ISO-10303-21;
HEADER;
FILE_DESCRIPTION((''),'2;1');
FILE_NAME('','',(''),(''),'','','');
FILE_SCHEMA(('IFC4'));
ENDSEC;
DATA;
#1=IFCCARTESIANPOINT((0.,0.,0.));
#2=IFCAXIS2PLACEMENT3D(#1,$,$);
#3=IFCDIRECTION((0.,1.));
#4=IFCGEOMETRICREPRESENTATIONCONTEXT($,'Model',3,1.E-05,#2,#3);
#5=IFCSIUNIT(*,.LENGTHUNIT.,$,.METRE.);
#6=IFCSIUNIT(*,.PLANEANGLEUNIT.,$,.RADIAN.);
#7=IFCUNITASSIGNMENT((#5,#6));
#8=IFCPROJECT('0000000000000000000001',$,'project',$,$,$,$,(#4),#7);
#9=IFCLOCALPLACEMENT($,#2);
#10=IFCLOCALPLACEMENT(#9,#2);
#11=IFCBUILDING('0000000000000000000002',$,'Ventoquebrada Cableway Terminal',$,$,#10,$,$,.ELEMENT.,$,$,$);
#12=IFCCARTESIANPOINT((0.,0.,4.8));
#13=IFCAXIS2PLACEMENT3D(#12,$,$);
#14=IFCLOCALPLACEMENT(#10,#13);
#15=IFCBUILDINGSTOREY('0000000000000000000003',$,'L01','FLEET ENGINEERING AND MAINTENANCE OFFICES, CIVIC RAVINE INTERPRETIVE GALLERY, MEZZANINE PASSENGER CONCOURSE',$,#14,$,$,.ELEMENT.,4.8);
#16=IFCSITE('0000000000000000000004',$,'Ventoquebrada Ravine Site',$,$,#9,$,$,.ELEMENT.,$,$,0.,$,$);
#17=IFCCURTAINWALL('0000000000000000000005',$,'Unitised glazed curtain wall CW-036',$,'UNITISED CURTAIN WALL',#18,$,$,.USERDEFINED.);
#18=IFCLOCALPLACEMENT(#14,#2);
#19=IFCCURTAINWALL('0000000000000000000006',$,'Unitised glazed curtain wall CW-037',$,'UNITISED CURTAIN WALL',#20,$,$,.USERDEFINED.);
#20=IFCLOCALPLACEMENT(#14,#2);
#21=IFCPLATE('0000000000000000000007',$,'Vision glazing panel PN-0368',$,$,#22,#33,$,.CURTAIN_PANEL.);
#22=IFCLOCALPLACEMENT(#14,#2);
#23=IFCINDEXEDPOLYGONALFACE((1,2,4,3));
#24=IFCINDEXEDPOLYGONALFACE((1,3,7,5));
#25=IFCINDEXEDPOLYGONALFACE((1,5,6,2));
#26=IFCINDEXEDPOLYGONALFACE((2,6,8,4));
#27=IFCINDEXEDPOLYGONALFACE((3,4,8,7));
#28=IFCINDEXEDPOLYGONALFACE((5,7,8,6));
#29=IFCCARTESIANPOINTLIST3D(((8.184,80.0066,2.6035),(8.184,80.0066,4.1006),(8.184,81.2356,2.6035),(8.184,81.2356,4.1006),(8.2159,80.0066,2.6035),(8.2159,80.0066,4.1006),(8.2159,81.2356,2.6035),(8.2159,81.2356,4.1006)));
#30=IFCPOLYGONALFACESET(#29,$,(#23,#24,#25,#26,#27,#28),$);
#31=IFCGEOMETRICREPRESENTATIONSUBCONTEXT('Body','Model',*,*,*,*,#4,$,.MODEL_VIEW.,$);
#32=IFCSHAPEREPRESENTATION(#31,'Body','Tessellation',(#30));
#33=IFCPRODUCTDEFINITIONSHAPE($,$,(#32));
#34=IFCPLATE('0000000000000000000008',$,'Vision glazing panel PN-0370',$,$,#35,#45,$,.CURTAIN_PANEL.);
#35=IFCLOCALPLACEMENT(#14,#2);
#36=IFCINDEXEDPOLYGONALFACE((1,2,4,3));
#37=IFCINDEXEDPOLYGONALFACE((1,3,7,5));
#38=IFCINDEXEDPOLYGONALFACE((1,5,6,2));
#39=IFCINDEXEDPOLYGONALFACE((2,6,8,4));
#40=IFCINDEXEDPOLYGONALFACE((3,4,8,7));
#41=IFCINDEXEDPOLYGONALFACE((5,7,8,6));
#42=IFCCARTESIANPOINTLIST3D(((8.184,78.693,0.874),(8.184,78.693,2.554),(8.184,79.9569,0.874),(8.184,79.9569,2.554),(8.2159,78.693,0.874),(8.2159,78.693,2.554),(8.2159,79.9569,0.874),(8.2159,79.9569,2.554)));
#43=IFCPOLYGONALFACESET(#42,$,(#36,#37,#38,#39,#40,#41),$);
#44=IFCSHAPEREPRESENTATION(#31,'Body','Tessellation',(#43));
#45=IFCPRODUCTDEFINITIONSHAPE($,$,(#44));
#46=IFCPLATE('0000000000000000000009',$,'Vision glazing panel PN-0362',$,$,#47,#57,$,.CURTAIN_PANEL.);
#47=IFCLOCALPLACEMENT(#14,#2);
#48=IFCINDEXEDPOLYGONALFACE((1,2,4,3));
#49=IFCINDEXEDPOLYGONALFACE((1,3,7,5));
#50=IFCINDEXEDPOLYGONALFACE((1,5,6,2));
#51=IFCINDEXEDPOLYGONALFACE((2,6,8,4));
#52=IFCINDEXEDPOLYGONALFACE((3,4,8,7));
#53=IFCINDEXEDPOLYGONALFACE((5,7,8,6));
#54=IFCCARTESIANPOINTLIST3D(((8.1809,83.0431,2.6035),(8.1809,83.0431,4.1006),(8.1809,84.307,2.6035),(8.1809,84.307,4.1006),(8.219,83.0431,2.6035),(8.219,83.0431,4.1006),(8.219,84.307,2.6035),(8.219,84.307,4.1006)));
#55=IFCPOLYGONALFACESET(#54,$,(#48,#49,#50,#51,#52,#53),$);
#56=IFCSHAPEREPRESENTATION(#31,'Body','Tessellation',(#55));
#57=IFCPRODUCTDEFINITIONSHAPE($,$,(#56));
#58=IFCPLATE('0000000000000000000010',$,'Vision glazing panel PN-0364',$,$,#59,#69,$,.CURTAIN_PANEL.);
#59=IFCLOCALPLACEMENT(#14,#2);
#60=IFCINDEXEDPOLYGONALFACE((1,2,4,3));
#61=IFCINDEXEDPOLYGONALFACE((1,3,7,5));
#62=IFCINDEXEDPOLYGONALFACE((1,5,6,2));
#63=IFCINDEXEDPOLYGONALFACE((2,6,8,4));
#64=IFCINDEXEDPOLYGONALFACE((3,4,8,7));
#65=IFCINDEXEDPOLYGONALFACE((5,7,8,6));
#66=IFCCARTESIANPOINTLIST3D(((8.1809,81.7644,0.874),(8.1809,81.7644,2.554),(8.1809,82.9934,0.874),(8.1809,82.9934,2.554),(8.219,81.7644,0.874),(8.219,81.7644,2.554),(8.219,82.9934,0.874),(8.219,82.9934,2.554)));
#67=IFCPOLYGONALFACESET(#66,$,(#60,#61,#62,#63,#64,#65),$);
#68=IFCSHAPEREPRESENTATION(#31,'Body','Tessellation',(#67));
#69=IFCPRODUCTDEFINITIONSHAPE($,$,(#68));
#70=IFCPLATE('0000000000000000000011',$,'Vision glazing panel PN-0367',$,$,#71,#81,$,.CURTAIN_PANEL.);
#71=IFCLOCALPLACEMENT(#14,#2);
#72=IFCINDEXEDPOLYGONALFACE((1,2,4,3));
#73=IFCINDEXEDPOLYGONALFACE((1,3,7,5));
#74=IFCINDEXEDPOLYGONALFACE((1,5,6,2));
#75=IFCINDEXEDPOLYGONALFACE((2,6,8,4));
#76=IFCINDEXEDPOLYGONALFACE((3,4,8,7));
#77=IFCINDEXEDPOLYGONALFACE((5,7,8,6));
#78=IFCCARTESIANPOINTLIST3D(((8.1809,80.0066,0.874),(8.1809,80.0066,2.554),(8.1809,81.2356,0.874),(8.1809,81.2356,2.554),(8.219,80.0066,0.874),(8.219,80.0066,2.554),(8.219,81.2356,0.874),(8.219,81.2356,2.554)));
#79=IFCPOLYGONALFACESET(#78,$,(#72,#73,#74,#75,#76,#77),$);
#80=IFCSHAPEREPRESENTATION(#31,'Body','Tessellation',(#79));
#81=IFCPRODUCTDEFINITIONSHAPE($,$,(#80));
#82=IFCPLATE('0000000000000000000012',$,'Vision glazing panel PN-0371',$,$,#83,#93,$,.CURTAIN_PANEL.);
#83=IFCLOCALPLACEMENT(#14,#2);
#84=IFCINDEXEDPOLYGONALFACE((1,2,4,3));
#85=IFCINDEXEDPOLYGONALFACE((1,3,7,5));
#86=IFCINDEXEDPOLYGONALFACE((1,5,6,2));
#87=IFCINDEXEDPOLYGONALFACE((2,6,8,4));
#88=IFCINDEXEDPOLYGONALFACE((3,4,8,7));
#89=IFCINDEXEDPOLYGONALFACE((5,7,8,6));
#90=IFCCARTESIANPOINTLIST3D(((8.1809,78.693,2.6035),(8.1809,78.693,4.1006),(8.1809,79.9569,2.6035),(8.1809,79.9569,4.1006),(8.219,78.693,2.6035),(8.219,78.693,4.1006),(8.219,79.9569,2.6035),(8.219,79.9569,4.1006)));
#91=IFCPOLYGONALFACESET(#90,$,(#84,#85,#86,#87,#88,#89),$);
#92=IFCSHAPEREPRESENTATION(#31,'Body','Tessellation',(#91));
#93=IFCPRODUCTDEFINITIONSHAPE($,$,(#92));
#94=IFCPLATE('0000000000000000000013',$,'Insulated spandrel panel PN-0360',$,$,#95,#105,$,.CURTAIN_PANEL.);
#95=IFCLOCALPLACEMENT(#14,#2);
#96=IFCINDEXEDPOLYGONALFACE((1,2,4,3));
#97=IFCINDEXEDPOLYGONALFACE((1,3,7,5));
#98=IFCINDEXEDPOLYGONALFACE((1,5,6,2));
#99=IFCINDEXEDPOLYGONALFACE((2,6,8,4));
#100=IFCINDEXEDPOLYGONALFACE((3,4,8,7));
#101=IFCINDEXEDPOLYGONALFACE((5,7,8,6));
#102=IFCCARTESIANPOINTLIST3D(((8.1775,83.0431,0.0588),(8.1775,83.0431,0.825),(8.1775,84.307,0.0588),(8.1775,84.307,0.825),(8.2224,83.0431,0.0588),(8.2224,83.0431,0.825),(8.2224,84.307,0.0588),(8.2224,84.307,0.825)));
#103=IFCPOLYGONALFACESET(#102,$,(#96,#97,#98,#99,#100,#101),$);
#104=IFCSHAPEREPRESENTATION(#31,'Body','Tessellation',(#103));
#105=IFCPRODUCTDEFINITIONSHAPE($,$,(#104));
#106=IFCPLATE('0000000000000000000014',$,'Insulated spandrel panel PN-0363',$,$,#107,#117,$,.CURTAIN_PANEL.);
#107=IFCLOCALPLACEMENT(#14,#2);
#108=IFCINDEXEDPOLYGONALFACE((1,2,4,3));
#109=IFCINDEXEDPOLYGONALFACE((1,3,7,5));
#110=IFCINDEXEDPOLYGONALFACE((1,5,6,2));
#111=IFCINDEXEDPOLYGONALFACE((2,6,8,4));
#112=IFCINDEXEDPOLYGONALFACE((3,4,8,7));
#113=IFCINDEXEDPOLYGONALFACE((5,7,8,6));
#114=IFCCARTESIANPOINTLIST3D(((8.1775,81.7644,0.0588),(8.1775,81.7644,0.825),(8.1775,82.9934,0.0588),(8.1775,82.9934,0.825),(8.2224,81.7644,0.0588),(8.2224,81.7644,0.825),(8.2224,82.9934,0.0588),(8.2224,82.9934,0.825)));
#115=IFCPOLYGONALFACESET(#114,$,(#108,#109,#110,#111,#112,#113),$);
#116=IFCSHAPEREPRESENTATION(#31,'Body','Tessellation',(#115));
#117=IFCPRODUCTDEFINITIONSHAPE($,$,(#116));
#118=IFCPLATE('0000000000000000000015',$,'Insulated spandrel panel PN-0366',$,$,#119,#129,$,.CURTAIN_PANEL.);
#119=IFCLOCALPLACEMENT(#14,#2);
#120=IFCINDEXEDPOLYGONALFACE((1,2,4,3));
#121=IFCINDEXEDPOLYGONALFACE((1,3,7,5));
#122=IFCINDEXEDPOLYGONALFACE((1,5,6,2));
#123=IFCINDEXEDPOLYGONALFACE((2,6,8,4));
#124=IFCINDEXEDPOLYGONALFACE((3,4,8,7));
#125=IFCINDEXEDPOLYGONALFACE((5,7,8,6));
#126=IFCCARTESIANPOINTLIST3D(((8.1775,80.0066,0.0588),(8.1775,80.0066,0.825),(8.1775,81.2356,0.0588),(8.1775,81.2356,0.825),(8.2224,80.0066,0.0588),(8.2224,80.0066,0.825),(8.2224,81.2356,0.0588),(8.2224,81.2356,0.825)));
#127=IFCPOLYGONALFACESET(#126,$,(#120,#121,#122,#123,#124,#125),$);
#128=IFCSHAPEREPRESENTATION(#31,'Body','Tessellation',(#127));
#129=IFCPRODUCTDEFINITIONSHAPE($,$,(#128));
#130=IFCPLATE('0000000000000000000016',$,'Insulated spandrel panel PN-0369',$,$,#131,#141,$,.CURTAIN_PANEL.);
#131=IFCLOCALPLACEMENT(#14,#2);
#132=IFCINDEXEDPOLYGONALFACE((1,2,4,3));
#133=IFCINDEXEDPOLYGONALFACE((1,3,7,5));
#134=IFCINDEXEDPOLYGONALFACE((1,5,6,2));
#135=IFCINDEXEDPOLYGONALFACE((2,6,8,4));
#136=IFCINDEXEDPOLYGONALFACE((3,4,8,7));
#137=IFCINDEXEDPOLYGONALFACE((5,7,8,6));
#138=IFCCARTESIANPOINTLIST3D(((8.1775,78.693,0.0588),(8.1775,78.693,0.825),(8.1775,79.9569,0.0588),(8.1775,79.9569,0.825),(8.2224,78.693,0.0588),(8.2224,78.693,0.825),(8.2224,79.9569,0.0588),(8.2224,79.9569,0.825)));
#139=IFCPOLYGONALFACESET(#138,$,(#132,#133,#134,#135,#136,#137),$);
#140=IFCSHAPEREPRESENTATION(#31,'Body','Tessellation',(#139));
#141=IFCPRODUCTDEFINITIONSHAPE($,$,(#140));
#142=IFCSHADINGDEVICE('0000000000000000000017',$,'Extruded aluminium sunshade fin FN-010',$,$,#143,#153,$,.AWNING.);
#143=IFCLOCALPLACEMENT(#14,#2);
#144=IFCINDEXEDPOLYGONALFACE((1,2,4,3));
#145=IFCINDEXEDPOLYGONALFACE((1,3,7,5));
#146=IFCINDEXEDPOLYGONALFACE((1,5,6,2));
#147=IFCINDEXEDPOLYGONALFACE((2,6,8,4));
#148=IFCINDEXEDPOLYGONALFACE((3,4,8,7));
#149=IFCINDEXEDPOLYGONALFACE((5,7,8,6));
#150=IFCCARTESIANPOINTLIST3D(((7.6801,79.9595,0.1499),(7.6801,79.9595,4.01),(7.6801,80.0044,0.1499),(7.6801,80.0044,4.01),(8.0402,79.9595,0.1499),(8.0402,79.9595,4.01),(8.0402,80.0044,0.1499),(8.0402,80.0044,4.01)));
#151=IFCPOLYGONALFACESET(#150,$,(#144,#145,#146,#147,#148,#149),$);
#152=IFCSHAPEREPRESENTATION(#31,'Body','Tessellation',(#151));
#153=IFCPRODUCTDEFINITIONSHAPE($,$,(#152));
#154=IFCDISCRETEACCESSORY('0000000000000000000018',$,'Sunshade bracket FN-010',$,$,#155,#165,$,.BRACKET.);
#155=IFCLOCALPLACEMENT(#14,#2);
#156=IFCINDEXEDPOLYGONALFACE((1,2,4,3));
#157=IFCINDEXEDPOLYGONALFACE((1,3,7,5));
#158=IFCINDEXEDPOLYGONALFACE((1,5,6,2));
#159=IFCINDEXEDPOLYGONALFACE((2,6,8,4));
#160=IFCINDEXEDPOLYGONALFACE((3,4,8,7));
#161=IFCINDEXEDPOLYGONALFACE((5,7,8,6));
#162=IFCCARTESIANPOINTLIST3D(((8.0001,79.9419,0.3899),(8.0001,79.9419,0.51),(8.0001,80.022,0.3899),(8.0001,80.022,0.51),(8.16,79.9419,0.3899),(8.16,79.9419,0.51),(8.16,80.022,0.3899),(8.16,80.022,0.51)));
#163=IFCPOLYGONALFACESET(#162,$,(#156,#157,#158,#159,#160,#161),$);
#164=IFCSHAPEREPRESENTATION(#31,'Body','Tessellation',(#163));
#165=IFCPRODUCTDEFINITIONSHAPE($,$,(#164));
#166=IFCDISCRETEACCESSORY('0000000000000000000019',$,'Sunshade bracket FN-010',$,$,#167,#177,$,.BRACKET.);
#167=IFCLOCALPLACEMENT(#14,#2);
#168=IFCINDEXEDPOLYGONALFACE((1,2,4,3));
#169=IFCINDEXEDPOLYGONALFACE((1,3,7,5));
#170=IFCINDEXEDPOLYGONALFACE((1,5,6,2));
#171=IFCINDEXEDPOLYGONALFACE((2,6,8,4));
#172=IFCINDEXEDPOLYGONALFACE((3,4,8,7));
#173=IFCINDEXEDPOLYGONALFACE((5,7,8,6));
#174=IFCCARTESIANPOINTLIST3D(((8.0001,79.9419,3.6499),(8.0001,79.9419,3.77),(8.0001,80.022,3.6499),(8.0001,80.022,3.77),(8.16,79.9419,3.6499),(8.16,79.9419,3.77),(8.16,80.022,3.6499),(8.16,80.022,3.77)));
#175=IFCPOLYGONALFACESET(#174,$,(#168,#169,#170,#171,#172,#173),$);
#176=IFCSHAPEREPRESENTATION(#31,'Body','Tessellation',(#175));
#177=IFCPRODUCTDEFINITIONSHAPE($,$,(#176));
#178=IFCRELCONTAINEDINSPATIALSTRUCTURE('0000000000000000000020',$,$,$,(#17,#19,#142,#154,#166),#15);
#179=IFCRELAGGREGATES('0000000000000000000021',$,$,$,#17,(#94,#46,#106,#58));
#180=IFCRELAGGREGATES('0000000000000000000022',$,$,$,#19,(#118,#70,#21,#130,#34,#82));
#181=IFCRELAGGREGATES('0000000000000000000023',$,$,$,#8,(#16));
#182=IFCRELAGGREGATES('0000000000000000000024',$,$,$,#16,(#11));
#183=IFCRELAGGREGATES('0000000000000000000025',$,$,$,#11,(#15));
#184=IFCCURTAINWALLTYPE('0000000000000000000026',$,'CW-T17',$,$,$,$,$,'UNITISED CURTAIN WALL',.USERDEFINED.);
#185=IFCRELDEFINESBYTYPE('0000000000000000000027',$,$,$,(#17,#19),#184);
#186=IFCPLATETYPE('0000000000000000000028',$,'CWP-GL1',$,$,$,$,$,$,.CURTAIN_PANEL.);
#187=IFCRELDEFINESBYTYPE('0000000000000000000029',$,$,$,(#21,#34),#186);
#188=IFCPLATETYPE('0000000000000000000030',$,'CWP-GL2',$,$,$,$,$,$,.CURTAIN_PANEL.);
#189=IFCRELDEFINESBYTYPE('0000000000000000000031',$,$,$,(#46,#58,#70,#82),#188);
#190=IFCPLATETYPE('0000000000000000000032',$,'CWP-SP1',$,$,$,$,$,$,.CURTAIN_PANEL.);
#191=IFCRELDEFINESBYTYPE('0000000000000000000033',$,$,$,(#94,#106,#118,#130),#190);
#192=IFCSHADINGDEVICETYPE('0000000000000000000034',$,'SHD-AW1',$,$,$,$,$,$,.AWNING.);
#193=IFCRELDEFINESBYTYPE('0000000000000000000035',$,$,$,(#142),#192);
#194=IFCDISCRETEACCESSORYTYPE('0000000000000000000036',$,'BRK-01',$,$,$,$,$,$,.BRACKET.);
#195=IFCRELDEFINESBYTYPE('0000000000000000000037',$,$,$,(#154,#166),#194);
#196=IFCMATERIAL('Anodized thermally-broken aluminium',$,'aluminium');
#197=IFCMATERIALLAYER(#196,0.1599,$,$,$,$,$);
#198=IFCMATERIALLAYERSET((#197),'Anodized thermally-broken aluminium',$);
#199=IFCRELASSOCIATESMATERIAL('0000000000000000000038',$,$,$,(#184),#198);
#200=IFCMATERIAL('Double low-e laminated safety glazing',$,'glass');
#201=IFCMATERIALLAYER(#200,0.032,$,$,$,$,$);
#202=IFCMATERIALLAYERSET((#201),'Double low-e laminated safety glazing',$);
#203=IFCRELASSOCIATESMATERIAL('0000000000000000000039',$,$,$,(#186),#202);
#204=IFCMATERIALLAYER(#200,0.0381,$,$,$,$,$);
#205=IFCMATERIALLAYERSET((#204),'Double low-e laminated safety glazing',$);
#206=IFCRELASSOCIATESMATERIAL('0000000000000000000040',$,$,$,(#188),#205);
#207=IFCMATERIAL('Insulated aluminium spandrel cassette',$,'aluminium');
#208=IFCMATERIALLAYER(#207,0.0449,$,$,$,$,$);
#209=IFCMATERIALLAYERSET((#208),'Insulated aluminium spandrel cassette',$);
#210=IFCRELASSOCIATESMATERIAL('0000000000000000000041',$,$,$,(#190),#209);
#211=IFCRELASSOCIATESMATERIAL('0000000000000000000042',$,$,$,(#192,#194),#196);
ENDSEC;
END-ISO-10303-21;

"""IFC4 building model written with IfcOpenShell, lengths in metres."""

from ifc_helpers import new_model, si_unit, direction, frame, origin, origin_2d, place, context, subcontext, project, spatial, rectangle, extrude, material, layer, layer_set, type_object, element, aggregate, save


model = new_model("IFC4")

# Units and contexts
model_context = context("Model", 3, precision=1e-05, world=origin(), true_north=direction((0.0, 1.0)))
body_context = subcontext(model_context, "Body", "Model", "MODEL_VIEW")
ifc_project = project(units=[si_unit("LENGTHUNIT", "METRE"), si_unit("PLANEANGLEUNIT", "RADIAN")], contexts=[model_context])

# Site, building, storey
site_placement = place(None, origin())
site = spatial("IfcSite", under=ifc_project, at=site_placement, Name="Ventoquebrada Ravine Site", CompositionType="ELEMENT", RefElevation=0.0)
building_placement = place(site_placement, origin())
building = spatial("IfcBuilding", under=site, at=building_placement, Name="Ventoquebrada Cableway Terminal", CompositionType="ELEMENT")
storey_placement = place(building_placement, frame((0.0, 0.0, 4.8)))
storey = spatial("IfcBuildingStorey", under=building, at=storey_placement, Name="L01", Description="FLEET ENGINEERING AND MAINTENANCE OFFICES, CIVIC RAVINE INTERPRETIVE GALLERY, MEZZANINE PASSENGER CONCOURSE", CompositionType="ELEMENT", Elevation=4.8)

# Curtain walls
ifc_material_1 = material(Name="Anodized thermally-broken aluminium", Category="aluminium")
ifc_layer_1 = layer(ifc_material_1, 0.1599)
ifc_layer_set_1 = layer_set([ifc_layer_1], Name="Anodized thermally-broken aluminium")
curtain_wall_type = type_object("IfcCurtainWallType", Name="CW-T17", ElementType="UNITISED CURTAIN WALL", PredefinedType="USERDEFINED", material=ifc_layer_set_1)
curtain_wall_1_placement = place(storey_placement, origin())
curtain_wall_1 = element("IfcCurtainWall", 1, at=curtain_wall_1_placement, inside=storey, type_object=curtain_wall_type, Name="Unitised glazed curtain wall CW-036", ObjectType="UNITISED CURTAIN WALL", PredefinedType="USERDEFINED")
curtain_wall_2_placement = place(storey_placement, origin())
curtain_wall_2 = element("IfcCurtainWall", 2, at=curtain_wall_2_placement, inside=storey, type_object=curtain_wall_type, Name="Unitised glazed curtain wall CW-037", ObjectType="UNITISED CURTAIN WALL", PredefinedType="USERDEFINED")

# Plates
ifc_material_2 = material(Name="Double low-e laminated safety glazing", Category="glass")
ifc_layer_2 = layer(ifc_material_2, 0.032)
ifc_layer_set_2 = layer_set([ifc_layer_2], Name="Double low-e laminated safety glazing")
plate_type_1 = type_object("IfcPlateType", Name="CWP-GL1", PredefinedType="CURTAIN_PANEL", material=ifc_layer_set_2)
plate_1_placement = place(storey_placement, frame((8.2, 80.6211, 2.6035), z_axis=(0.0, 0.0, 1.0), x_axis=(0.0, -1.0, 0.0)))
plate_1 = element("IfcPlate", 3, at=plate_1_placement, type_object=plate_type_1, Name="Vision glazing panel PN-0368", PredefinedType="CURTAIN_PANEL", context=body_context, shape_type="SweptSolid", body=[
    extrude(rectangle(XDim=1.229, YDim=0.032, at=origin_2d()), origin(), (0.0, 0.0, 1.0), 1.4971),
])
plate_2_placement = place(storey_placement, frame((8.2, 79.325, 0.874), z_axis=(0.0, 0.0, 1.0), x_axis=(0.0, -1.0, 0.0)))
plate_2 = element("IfcPlate", 4, at=plate_2_placement, type_object=plate_type_1, Name="Vision glazing panel PN-0370", PredefinedType="CURTAIN_PANEL", context=body_context, shape_type="SweptSolid", body=[
    extrude(rectangle(XDim=1.2639, YDim=0.032, at=origin_2d()), origin(), (0.0, 0.0, 1.0), 1.6799),
])
ifc_layer_3 = layer(ifc_material_2, 0.0381)
ifc_layer_set_3 = layer_set([ifc_layer_3], Name="Double low-e laminated safety glazing")
plate_type_2 = type_object("IfcPlateType", Name="CWP-GL2", PredefinedType="CURTAIN_PANEL", material=ifc_layer_set_3)
plate_3_placement = place(storey_placement, frame((8.2, 83.675, 2.6035), z_axis=(0.0, 0.0, 1.0), x_axis=(0.0, -1.0, 0.0)))
plate_3 = element("IfcPlate", 5, at=plate_3_placement, type_object=plate_type_2, Name="Vision glazing panel PN-0362", PredefinedType="CURTAIN_PANEL", context=body_context, shape_type="SweptSolid", body=[
    extrude(rectangle(XDim=1.2639, YDim=0.0381, at=origin_2d()), origin(), (0.0, 0.0, 1.0), 1.4971),
])
plate_4_placement = place(storey_placement, frame((8.2, 82.3789, 0.874), z_axis=(0.0, 0.0, 1.0), x_axis=(0.0, -1.0, 0.0)))
plate_4 = element("IfcPlate", 6, at=plate_4_placement, type_object=plate_type_2, Name="Vision glazing panel PN-0364", PredefinedType="CURTAIN_PANEL", context=body_context, shape_type="SweptSolid", body=[
    extrude(rectangle(XDim=1.229, YDim=0.0381, at=origin_2d()), origin(), (0.0, 0.0, 1.0), 1.6799),
])
plate_5_placement = place(storey_placement, frame((8.2, 80.6211, 0.874), z_axis=(0.0, 0.0, 1.0), x_axis=(0.0, -1.0, 0.0)))
plate_5 = element("IfcPlate", 7, at=plate_5_placement, type_object=plate_type_2, Name="Vision glazing panel PN-0367", PredefinedType="CURTAIN_PANEL", context=body_context, shape_type="SweptSolid", body=[
    extrude(rectangle(XDim=1.229, YDim=0.0381, at=origin_2d()), origin(), (0.0, 0.0, 1.0), 1.6799),
])
plate_6_placement = place(storey_placement, frame((8.2, 79.325, 2.6035), z_axis=(0.0, 0.0, 1.0), x_axis=(0.0, -1.0, 0.0)))
plate_6 = element("IfcPlate", 8, at=plate_6_placement, type_object=plate_type_2, Name="Vision glazing panel PN-0371", PredefinedType="CURTAIN_PANEL", context=body_context, shape_type="SweptSolid", body=[
    extrude(rectangle(XDim=1.2639, YDim=0.0381, at=origin_2d()), origin(), (0.0, 0.0, 1.0), 1.4971),
])
ifc_material_3 = material(Name="Insulated aluminium spandrel cassette", Category="aluminium")
ifc_layer_4 = layer(ifc_material_3, 0.0449)
ifc_layer_set_4 = layer_set([ifc_layer_4], Name="Insulated aluminium spandrel cassette")
plate_type_3 = type_object("IfcPlateType", Name="CWP-SP1", PredefinedType="CURTAIN_PANEL", material=ifc_layer_set_4)
plate_7_placement = place(storey_placement, frame((8.2, 83.675, 0.0588), z_axis=(0.0, 0.0, 1.0), x_axis=(0.0, -1.0, 0.0)))
plate_7 = element("IfcPlate", 9, at=plate_7_placement, type_object=plate_type_3, Name="Insulated spandrel panel PN-0360", PredefinedType="CURTAIN_PANEL", context=body_context, shape_type="SweptSolid", body=[
    extrude(rectangle(XDim=1.2639, YDim=0.0449, at=origin_2d()), origin(), (0.0, 0.0, 1.0), 0.7661),
])
plate_8_placement = place(storey_placement, frame((8.2, 82.3789, 0.0588), z_axis=(0.0, 0.0, 1.0), x_axis=(0.0, -1.0, 0.0)))
plate_8 = element("IfcPlate", 10, at=plate_8_placement, type_object=plate_type_3, Name="Insulated spandrel panel PN-0363", PredefinedType="CURTAIN_PANEL", context=body_context, shape_type="SweptSolid", body=[
    extrude(rectangle(XDim=1.229, YDim=0.0449, at=origin_2d()), origin(), (0.0, 0.0, 1.0), 0.7661),
])
aggregate(curtain_wall_1, [plate_7, plate_3, plate_8, plate_4])
plate_9_placement = place(storey_placement, frame((8.2, 80.6211, 0.0588), z_axis=(0.0, 0.0, 1.0), x_axis=(0.0, -1.0, 0.0)))
plate_9 = element("IfcPlate", 11, at=plate_9_placement, type_object=plate_type_3, Name="Insulated spandrel panel PN-0366", PredefinedType="CURTAIN_PANEL", context=body_context, shape_type="SweptSolid", body=[
    extrude(rectangle(XDim=1.229, YDim=0.0449, at=origin_2d()), origin(), (0.0, 0.0, 1.0), 0.7661),
])
plate_10_placement = place(storey_placement, frame((8.2, 79.325, 0.0588), z_axis=(0.0, 0.0, 1.0), x_axis=(0.0, -1.0, 0.0)))
plate_10 = element("IfcPlate", 12, at=plate_10_placement, type_object=plate_type_3, Name="Insulated spandrel panel PN-0369", PredefinedType="CURTAIN_PANEL", context=body_context, shape_type="SweptSolid", body=[
    extrude(rectangle(XDim=1.2639, YDim=0.0449, at=origin_2d()), origin(), (0.0, 0.0, 1.0), 0.7661),
])
aggregate(curtain_wall_2, [plate_9, plate_5, plate_1, plate_10, plate_2, plate_6])

# Shading device
shading_device_type = type_object("IfcShadingDeviceType", Name="SHD-AW1", PredefinedType="AWNING", material=ifc_material_1)
shading_device_placement = place(storey_placement, frame((7.8601, 79.9819, 0.1499), z_axis=(0.0, 0.0, 1.0), x_axis=(0.0, -1.0, 0.0)))
element("IfcShadingDevice", 13, at=shading_device_placement, inside=storey, type_object=shading_device_type, Name="Extruded aluminium sunshade fin FN-010", PredefinedType="AWNING", context=body_context, shape_type="SweptSolid", body=[
    extrude(rectangle(XDim=0.0449, YDim=0.3601, at=origin_2d()), origin(), (0.0, 0.0, 1.0), 3.8601),
])

# Discrete accessories
discrete_accessory_type = type_object("IfcDiscreteAccessoryType", Name="BRK-01", PredefinedType="BRACKET", material=ifc_material_1)
for number, where, z_axis, x_axis, name in (
    (14, (8.0801, 79.9819, 0.3899), (0.0, 0.0, 1.0), (0.0, -1.0, 0.0), "Sunshade bracket FN-010"),
    (15, (8.0801, 79.9819, 3.6499), (0.0, 0.0, 1.0), (0.0, -1.0, 0.0), "Sunshade bracket FN-010"),
):
    element("IfcDiscreteAccessory", number, at=place(storey_placement, frame(where, z_axis=z_axis, x_axis=x_axis)), inside=storey, type_object=discrete_accessory_type, Name=name, PredefinedType="BRACKET", context=body_context, shape_type="SweptSolid", body=[
        extrude(rectangle(XDim=0.0801, YDim=0.1599, at=origin_2d()), origin(), (0.0, 0.0, 1.0), 0.1201),
    ])

save(model, "model.ifc")
